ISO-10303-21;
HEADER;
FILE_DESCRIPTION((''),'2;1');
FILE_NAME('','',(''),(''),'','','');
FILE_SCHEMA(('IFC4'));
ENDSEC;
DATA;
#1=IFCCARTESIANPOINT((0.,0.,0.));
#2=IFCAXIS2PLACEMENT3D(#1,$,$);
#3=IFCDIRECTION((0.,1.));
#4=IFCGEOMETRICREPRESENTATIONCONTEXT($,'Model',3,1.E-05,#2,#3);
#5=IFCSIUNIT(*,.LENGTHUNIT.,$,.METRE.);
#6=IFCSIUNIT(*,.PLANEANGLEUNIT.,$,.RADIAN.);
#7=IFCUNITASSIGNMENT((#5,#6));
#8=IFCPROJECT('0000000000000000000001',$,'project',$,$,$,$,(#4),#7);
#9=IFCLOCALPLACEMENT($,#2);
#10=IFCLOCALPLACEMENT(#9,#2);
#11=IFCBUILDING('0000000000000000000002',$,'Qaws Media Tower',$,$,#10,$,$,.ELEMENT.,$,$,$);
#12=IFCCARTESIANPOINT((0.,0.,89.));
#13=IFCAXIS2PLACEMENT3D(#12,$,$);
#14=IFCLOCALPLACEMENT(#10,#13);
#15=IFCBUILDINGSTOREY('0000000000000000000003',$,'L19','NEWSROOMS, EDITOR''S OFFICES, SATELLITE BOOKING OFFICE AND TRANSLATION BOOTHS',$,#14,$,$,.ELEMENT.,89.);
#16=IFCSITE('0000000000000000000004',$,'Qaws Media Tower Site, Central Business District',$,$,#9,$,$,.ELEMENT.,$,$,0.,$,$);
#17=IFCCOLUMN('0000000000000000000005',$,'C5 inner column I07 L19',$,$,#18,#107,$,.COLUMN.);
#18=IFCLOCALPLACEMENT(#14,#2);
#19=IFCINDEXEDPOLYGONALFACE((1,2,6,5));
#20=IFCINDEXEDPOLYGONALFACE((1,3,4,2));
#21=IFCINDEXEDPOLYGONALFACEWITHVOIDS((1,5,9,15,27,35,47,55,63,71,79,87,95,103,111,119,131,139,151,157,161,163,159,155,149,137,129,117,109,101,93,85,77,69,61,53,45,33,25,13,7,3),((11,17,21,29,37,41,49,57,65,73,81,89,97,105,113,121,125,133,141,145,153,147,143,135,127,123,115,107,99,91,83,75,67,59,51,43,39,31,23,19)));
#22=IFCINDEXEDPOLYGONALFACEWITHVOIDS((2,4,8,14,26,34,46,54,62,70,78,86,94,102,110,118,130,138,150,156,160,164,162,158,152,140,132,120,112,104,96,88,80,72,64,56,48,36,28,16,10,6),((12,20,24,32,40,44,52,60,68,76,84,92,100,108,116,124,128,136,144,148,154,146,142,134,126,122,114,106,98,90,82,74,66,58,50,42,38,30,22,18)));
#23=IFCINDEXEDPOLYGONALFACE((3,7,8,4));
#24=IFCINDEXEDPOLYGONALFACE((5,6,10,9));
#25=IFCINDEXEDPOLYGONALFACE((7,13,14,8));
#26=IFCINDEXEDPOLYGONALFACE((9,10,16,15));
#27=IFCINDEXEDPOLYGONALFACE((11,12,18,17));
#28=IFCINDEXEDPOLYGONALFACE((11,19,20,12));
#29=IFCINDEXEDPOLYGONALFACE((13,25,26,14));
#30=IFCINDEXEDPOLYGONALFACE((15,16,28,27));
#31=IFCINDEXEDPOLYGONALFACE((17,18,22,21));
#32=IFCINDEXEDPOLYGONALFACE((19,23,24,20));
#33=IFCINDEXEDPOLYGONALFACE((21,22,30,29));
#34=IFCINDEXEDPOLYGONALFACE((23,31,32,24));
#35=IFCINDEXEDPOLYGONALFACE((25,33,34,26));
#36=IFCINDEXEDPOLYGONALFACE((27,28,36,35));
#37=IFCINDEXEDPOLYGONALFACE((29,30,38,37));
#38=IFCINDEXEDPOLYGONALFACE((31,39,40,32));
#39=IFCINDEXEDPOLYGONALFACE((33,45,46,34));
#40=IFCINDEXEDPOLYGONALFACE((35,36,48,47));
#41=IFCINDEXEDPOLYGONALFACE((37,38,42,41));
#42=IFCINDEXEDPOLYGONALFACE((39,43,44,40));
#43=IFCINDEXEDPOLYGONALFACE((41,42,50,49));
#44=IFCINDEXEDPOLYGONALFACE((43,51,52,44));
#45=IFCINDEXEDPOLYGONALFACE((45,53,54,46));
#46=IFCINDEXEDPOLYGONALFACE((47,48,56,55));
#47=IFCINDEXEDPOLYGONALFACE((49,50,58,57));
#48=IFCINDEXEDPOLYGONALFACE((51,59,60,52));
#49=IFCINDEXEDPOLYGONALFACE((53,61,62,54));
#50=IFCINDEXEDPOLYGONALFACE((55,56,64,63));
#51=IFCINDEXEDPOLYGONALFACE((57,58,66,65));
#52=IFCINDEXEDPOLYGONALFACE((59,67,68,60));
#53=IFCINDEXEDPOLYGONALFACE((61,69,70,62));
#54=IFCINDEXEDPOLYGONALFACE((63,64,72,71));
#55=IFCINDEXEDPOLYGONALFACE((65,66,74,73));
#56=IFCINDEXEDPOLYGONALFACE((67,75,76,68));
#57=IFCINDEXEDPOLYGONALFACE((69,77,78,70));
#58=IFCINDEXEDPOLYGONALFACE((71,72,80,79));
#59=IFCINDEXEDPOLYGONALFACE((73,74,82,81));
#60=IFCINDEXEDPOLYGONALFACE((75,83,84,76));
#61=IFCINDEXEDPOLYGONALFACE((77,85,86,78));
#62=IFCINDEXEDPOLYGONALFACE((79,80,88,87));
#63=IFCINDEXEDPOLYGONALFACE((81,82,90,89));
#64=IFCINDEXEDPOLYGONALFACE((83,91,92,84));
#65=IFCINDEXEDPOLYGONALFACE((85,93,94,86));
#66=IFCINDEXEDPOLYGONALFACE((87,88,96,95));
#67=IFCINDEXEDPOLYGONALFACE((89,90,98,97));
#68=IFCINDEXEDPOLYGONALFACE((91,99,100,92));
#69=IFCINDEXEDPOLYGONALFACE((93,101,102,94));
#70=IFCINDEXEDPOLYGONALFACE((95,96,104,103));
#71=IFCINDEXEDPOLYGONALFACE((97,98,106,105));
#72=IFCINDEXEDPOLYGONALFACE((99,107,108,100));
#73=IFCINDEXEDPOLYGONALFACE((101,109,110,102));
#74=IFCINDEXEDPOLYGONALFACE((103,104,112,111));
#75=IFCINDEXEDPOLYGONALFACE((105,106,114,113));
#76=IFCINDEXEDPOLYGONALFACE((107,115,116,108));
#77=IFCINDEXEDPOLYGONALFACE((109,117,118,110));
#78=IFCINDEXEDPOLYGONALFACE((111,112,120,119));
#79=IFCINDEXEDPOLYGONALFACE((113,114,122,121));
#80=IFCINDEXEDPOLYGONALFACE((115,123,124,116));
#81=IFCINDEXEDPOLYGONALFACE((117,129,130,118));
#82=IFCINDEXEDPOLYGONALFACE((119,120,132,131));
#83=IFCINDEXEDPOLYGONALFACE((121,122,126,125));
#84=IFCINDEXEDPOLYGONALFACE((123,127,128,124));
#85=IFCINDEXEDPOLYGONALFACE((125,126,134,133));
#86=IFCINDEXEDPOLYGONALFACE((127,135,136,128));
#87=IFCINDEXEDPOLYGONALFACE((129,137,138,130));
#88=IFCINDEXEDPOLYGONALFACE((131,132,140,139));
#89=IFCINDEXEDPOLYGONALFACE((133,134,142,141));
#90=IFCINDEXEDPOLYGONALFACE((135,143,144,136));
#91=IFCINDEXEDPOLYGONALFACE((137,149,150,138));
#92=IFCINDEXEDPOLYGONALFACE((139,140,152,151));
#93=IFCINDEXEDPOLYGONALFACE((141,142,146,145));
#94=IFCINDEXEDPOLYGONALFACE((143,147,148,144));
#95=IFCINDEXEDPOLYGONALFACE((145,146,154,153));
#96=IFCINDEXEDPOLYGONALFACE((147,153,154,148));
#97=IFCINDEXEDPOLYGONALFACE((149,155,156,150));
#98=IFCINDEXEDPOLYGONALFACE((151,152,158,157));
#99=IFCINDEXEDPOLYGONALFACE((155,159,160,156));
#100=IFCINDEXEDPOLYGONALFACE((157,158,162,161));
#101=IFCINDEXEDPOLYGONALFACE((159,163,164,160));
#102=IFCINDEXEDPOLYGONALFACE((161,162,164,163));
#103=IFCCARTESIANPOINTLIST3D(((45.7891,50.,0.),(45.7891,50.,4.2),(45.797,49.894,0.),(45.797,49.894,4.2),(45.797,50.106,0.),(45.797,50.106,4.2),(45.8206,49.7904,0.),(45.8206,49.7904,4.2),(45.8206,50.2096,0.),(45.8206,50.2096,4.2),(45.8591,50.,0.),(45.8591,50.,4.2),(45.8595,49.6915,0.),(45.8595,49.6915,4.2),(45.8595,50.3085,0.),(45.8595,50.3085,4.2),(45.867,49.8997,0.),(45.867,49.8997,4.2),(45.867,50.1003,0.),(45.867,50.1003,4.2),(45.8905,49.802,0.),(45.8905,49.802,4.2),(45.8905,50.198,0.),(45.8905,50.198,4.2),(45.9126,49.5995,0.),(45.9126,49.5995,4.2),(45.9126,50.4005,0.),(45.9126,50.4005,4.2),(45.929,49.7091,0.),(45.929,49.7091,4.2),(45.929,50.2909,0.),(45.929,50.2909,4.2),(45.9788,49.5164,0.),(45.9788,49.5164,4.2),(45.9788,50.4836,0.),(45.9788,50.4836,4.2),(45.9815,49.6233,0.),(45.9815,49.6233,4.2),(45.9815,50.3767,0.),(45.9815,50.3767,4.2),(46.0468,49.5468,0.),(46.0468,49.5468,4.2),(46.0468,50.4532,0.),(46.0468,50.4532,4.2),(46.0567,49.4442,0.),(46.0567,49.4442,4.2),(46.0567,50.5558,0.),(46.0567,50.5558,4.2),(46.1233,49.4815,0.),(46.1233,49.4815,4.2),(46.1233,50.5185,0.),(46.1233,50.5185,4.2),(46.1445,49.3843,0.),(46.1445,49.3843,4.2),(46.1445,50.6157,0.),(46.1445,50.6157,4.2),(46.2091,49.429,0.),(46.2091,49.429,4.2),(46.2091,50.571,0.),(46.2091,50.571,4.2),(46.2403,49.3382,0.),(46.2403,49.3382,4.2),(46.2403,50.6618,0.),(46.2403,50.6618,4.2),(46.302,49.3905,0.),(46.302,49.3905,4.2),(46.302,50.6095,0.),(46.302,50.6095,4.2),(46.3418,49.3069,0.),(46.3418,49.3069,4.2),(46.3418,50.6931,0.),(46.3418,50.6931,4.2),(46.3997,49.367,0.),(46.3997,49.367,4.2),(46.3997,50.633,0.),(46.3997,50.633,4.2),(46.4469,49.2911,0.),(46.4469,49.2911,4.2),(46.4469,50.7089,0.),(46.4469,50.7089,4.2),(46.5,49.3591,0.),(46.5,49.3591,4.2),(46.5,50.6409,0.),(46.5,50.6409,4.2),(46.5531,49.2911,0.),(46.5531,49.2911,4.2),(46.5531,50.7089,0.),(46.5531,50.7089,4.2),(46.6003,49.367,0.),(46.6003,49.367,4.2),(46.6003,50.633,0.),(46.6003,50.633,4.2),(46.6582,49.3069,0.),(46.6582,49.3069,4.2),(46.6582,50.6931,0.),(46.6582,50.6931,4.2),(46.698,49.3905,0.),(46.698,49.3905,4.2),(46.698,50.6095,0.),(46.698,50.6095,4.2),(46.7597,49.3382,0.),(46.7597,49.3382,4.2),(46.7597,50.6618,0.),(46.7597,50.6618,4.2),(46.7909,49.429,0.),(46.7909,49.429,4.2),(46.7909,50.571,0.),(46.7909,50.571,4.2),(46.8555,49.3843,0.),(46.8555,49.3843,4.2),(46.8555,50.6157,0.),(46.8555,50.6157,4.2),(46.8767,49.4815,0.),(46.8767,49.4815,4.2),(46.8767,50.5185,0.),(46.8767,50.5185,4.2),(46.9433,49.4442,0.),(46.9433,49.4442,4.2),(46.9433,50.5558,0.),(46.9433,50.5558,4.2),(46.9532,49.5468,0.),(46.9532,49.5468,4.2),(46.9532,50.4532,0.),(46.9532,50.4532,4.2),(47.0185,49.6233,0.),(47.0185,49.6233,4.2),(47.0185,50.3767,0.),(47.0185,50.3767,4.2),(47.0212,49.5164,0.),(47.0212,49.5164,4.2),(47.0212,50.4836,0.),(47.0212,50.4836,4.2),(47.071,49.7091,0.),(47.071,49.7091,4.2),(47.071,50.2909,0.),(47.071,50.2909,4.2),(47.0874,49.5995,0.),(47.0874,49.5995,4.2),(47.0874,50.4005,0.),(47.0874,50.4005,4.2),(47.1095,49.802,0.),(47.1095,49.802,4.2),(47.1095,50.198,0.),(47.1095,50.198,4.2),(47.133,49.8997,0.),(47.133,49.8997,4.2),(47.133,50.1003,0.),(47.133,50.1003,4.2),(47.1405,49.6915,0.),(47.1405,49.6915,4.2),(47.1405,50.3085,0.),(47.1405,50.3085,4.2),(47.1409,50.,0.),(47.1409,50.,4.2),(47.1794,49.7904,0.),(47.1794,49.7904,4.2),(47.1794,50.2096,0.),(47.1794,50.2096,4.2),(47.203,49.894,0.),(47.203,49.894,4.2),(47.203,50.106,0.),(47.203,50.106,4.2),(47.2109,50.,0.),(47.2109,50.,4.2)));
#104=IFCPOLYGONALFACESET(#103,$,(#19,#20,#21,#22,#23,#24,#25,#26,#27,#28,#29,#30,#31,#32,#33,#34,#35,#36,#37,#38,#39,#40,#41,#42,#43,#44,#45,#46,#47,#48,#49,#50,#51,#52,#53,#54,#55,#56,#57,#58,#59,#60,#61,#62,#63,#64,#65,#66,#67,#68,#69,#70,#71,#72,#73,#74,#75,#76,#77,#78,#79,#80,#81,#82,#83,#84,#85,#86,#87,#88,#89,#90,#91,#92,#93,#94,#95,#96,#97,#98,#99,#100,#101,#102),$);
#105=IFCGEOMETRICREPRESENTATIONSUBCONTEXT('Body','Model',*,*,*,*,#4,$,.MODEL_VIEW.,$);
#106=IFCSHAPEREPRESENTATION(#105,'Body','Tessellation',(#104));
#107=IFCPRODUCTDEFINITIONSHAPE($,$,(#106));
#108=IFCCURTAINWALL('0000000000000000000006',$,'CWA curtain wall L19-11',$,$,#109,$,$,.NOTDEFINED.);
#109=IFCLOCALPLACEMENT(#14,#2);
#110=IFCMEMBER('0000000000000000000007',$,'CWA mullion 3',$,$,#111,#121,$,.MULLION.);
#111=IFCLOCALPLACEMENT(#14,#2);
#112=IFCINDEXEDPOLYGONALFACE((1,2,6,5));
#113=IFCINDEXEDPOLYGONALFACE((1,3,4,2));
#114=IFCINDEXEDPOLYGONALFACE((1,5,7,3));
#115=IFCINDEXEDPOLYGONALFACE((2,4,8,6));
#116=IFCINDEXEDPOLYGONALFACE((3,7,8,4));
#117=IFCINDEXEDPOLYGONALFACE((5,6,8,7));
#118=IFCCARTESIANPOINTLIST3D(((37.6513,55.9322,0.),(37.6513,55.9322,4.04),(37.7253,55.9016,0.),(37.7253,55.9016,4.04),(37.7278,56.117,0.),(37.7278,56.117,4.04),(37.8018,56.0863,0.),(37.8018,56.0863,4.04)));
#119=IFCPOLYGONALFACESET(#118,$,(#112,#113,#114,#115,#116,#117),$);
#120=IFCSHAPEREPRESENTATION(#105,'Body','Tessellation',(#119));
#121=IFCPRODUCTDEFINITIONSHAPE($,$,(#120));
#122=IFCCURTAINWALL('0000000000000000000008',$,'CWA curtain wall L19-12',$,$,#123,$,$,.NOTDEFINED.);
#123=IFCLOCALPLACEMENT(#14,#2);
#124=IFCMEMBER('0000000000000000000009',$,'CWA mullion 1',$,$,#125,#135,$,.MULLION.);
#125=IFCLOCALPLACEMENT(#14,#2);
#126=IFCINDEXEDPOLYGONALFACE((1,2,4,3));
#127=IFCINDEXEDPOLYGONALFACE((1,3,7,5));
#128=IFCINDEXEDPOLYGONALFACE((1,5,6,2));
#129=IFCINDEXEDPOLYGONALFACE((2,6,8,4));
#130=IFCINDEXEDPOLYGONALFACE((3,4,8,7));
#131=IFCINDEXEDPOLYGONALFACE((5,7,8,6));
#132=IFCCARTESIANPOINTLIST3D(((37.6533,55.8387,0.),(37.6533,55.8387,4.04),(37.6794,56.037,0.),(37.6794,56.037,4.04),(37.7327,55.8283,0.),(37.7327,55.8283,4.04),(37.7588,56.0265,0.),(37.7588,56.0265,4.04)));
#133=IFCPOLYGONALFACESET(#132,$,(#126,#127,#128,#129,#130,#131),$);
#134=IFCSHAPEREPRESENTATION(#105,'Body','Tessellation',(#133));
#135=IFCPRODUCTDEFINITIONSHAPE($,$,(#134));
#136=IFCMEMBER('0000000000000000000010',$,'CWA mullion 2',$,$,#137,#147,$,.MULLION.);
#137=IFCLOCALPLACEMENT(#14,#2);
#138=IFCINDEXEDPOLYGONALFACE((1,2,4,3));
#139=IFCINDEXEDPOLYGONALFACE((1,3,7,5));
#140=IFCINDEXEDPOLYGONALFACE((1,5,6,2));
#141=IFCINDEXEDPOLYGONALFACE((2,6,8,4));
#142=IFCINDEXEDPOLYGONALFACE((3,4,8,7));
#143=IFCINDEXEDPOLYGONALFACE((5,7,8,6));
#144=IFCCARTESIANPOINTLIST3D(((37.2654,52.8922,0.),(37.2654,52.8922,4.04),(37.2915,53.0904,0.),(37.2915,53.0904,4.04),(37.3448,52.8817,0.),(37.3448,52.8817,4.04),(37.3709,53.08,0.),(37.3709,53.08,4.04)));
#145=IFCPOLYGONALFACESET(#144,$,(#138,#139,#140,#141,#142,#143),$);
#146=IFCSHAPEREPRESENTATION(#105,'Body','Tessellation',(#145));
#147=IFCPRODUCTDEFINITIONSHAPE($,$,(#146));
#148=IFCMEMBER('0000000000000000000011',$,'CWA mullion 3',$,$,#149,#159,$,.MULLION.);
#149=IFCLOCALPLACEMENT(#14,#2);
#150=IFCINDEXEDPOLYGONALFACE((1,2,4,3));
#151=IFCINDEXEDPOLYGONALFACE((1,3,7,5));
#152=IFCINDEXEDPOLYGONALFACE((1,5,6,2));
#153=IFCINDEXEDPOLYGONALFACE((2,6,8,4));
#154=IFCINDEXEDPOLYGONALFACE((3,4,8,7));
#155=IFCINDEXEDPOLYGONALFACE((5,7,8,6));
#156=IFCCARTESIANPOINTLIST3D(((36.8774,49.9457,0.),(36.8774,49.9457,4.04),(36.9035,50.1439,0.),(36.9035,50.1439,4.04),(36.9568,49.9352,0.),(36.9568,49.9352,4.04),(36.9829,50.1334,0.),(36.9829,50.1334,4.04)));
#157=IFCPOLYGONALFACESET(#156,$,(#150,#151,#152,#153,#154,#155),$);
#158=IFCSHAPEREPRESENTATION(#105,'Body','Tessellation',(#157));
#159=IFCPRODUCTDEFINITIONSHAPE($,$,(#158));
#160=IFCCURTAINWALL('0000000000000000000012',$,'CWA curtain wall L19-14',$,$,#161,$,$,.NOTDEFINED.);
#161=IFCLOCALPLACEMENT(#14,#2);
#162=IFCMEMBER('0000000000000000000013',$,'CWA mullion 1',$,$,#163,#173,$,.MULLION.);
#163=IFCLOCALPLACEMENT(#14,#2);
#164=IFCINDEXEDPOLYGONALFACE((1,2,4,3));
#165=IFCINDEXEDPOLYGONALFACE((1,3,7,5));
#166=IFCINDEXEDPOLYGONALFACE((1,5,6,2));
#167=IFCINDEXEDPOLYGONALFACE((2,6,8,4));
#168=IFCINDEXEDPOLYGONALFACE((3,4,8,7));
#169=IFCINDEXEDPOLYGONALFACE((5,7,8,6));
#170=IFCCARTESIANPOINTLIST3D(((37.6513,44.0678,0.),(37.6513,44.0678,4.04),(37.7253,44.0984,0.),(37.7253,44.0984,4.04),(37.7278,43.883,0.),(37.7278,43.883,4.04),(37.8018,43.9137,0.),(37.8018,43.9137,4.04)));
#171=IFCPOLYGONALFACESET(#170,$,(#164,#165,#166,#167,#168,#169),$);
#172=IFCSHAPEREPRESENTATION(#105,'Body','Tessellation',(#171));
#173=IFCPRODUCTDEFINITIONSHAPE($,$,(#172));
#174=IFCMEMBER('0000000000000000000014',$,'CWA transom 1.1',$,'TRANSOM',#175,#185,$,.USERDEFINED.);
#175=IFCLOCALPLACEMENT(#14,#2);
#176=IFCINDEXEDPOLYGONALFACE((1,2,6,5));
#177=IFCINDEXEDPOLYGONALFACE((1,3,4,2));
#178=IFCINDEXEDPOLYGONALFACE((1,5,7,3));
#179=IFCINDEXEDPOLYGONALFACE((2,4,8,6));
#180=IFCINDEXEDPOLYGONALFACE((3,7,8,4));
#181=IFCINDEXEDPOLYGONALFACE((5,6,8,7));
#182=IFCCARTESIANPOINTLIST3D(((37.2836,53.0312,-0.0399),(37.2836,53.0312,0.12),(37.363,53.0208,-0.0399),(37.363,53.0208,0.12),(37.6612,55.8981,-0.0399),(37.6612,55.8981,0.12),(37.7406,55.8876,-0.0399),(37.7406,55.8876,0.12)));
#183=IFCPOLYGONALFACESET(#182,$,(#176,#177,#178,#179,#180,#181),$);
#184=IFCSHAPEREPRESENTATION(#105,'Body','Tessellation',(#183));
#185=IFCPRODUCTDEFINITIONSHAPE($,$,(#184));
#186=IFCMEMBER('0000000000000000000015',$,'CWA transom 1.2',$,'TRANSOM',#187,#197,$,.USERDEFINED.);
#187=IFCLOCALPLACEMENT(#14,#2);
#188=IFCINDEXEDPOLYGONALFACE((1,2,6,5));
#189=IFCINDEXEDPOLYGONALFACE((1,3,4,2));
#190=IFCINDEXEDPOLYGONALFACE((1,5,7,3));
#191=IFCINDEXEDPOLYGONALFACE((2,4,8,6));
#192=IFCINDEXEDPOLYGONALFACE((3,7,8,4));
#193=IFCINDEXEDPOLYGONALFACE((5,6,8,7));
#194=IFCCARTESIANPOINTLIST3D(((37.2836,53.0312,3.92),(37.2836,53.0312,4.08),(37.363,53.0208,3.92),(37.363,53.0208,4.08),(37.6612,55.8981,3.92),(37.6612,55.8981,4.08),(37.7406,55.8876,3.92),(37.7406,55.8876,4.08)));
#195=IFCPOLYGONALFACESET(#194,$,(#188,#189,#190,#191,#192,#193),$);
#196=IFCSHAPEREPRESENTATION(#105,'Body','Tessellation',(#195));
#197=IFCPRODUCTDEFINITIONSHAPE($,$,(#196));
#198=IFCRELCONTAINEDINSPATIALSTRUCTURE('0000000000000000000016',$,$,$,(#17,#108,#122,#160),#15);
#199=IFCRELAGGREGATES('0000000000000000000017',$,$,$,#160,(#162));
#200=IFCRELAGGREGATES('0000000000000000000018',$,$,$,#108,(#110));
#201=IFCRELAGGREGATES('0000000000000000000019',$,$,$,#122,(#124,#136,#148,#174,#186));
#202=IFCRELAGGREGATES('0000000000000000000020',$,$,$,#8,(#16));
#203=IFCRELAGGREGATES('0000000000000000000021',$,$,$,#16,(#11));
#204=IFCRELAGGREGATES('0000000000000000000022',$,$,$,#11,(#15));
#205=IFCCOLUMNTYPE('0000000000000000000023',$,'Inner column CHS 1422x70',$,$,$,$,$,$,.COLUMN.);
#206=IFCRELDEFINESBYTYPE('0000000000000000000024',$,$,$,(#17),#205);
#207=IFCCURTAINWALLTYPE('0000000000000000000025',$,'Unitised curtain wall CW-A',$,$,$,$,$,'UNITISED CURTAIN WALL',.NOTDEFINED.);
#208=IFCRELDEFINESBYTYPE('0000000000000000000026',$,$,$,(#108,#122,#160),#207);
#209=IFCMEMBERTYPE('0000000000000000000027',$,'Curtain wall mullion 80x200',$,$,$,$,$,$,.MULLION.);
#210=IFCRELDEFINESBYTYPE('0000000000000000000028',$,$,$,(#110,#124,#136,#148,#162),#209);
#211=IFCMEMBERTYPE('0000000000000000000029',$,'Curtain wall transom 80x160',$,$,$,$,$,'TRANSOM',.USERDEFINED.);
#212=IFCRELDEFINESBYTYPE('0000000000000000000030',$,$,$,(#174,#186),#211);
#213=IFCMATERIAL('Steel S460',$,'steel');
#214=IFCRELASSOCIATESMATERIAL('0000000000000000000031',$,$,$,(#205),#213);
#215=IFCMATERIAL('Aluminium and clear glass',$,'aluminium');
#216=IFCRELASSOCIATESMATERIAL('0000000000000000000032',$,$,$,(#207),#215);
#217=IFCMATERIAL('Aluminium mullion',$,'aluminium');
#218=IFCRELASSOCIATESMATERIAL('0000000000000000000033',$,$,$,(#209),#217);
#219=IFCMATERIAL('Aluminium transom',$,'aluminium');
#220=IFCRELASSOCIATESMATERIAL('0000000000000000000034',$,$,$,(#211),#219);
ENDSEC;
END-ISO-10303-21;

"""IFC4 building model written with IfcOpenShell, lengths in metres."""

from ifc_helpers import new_model, si_unit, direction, frame, origin, origin_2d, place, context, subcontext, project, spatial, rectangle, hollow_circle, extrude, material, material_profile, profile_set, type_object, element, aggregate, save


model = new_model("IFC4")

# Units and contexts
model_context = context("Model", 3, precision=1e-05, world=origin(), true_north=direction((0.0, 1.0)))
body_context = subcontext(model_context, "Body", "Model", "MODEL_VIEW")
ifc_project = project(units=[si_unit("LENGTHUNIT", "METRE"), si_unit("PLANEANGLEUNIT", "RADIAN")], contexts=[model_context])

# Site, building, storey
site_placement = place(None, origin())
site = spatial("IfcSite", under=ifc_project, at=site_placement, Name="Qaws Media Tower Site, Central Business District", CompositionType="ELEMENT", RefElevation=0.0)
building_placement = place(site_placement, origin())
building = spatial("IfcBuilding", under=site, at=building_placement, Name="Qaws Media Tower", CompositionType="ELEMENT")
storey_placement = place(building_placement, frame((0.0, 0.0, 89.0)))
storey = spatial("IfcBuildingStorey", under=building, at=storey_placement, Name="L19", Description="NEWSROOMS, EDITOR'S OFFICES, SATELLITE BOOKING OFFICE AND TRANSLATION BOOTHS", CompositionType="ELEMENT", Elevation=89.0)

# Column
ifc_material_1 = material(Name="Steel S460", Category="steel")
ifc_material_profile_1 = material_profile(ifc_material_1, hollow_circle(Radius=0.7109, WallThickness=0.0701, at=origin_2d()), Name="CHS 1422x70")
ifc_profile_set_1 = profile_set([ifc_material_profile_1], Name="Steel S460")
column_type = type_object("IfcColumnType", Name="Inner column CHS 1422x70", PredefinedType="COLUMN", material=ifc_profile_set_1)
column_placement = place(storey_placement, frame((46.5, 50.0, 0.0), z_axis=(0.0, 0.0, 1.0), x_axis=(1.0, 0.0, 0.0)))
element("IfcColumn", 1, at=column_placement, inside=storey, type_object=column_type, Name="C5 inner column I07 L19", PredefinedType="COLUMN", context=body_context, shape_type="SweptSolid", body=[
    extrude(hollow_circle(Radius=0.7109, WallThickness=0.0701, at=origin_2d()), origin(), (0.0, 0.0, 1.0), 4.2),
])

# Curtain wall, member
ifc_material_2 = material(Name="Aluminium and clear glass", Category="aluminium")
curtain_wall_type = type_object("IfcCurtainWallType", Name="Unitised curtain wall CW-A", ElementType="UNITISED CURTAIN WALL", PredefinedType="NOTDEFINED", material=ifc_material_2)
curtain_wall_1_placement = place(storey_placement, origin())
curtain_wall_1 = element("IfcCurtainWall", 2, at=curtain_wall_1_placement, inside=storey, type_object=curtain_wall_type, Name="CWA curtain wall L19-11", PredefinedType="NOTDEFINED")
ifc_material_3 = material(Name="Aluminium mullion", Category="aluminium")
ifc_material_profile_2 = material_profile(ifc_material_3, rectangle(XDim=0.0801, YDim=0.2, at=origin_2d()), Name="80x200")
ifc_profile_set_2 = profile_set([ifc_material_profile_2], Name="Aluminium mullion")
member_type_1 = type_object("IfcMemberType", Name="Curtain wall mullion 80x200", PredefinedType="MULLION", material=ifc_profile_set_2)
member_1_placement = place(storey_placement, frame((37.7266, 56.0093, 0.0), z_axis=(0.0, 0.0, 1.0), x_axis=(0.92388, -0.382683, 0.0)))
member_1 = element("IfcMember", 3, at=member_1_placement, type_object=member_type_1, Name="CWA mullion 3", PredefinedType="MULLION", context=body_context, shape_type="SweptSolid", body=[
    extrude(rectangle(XDim=0.0801, YDim=0.2, at=origin_2d()), origin(), (0.0, 0.0, 1.0), 4.04),
])

# Curtain wall, members
curtain_wall_2_placement = place(storey_placement, origin())
curtain_wall_2 = element("IfcCurtainWall", 4, at=curtain_wall_2_placement, inside=storey, type_object=curtain_wall_type, Name="CWA curtain wall L19-12", PredefinedType="NOTDEFINED")
member_2_placement = place(storey_placement, frame((37.7061, 55.9326, 0.0), z_axis=(0.0, 0.0, 1.0), x_axis=(0.991445, -0.130526, 0.0)))
member_2 = element("IfcMember", 5, at=member_2_placement, type_object=member_type_1, Name="CWA mullion 1", PredefinedType="MULLION", context=body_context, shape_type="SweptSolid", body=[
    extrude(rectangle(XDim=0.0801, YDim=0.2, at=origin_2d()), origin(), (0.0, 0.0, 1.0), 4.04),
])
member_3_placement = place(storey_placement, frame((37.3181, 52.9861, 0.0), z_axis=(0.0, 0.0, 1.0), x_axis=(0.991445, -0.130526, 0.0)))
member_3 = element("IfcMember", 6, at=member_3_placement, type_object=member_type_1, Name="CWA mullion 2", PredefinedType="MULLION", context=body_context, shape_type="SweptSolid", body=[
    extrude(rectangle(XDim=0.0801, YDim=0.2, at=origin_2d()), origin(), (0.0, 0.0, 1.0), 4.04),
])
member_4_placement = place(storey_placement, frame((36.9302, 50.0396, 0.0), z_axis=(0.0, 0.0, 1.0), x_axis=(0.991445, -0.130526, 0.0)))
member_4 = element("IfcMember", 7, at=member_4_placement, type_object=member_type_1, Name="CWA mullion 3", PredefinedType="MULLION", context=body_context, shape_type="SweptSolid", body=[
    extrude(rectangle(XDim=0.0801, YDim=0.2, at=origin_2d()), origin(), (0.0, 0.0, 1.0), 4.04),
])

# Curtain wall, member
curtain_wall_3_placement = place(storey_placement, origin())
curtain_wall_3 = element("IfcCurtainWall", 8, at=curtain_wall_3_placement, inside=storey, type_object=curtain_wall_type, Name="CWA curtain wall L19-14", PredefinedType="NOTDEFINED")
member_5_placement = place(storey_placement, frame((37.7266, 43.9907, 0.0), z_axis=(0.0, 0.0, 1.0), x_axis=(0.92388, 0.382683, 0.0)))
member_5 = element("IfcMember", 9, at=member_5_placement, type_object=member_type_1, Name="CWA mullion 1", PredefinedType="MULLION", context=body_context, shape_type="SweptSolid", body=[
    extrude(rectangle(XDim=0.0801, YDim=0.2, at=origin_2d()), origin(), (0.0, 0.0, 1.0), 4.04),
])

# Members
ifc_material_4 = material(Name="Aluminium transom", Category="aluminium")
ifc_material_profile_3 = material_profile(ifc_material_4, rectangle(XDim=0.0801, YDim=0.1599, at=origin_2d()), Name="80x160")
ifc_profile_set_3 = profile_set([ifc_material_profile_3], Name="Aluminium transom")
member_type_2 = type_object("IfcMemberType", Name="Curtain wall transom 80x160", ElementType="TRANSOM", PredefinedType="USERDEFINED", material=ifc_profile_set_3)
member_6_placement = place(storey_placement, frame((37.7009, 55.8928, 0.04), z_axis=(-0.13061, -0.991434, 0.0), x_axis=(0.991434, -0.13061, 0.0)))
member_6 = element("IfcMember", 10, at=member_6_placement, type_object=member_type_2, Name="CWA transom 1.1", ObjectType="TRANSOM", PredefinedType="USERDEFINED", context=body_context, shape_type="SweptSolid", body=[
    extrude(rectangle(XDim=0.0801, YDim=0.1599, at=origin_2d()), origin(), (0.0, 0.0, 1.0), 2.8916),
])
member_7_placement = place(storey_placement, frame((37.7009, 55.8928, 4.0), z_axis=(-0.13061, -0.991434, 0.0), x_axis=(0.991434, -0.13061, 0.0)))
member_7 = element("IfcMember", 11, at=member_7_placement, type_object=member_type_2, Name="CWA transom 1.2", ObjectType="TRANSOM", PredefinedType="USERDEFINED", context=body_context, shape_type="SweptSolid", body=[
    extrude(rectangle(XDim=0.0801, YDim=0.1599, at=origin_2d()), origin(), (0.0, 0.0, 1.0), 2.8916),
])
aggregate(curtain_wall_3, [member_5])

aggregate(curtain_wall_1, [member_1])
aggregate(curtain_wall_2, [member_2, member_3, member_4, member_6, member_7])

save(model, "model.ifc")
